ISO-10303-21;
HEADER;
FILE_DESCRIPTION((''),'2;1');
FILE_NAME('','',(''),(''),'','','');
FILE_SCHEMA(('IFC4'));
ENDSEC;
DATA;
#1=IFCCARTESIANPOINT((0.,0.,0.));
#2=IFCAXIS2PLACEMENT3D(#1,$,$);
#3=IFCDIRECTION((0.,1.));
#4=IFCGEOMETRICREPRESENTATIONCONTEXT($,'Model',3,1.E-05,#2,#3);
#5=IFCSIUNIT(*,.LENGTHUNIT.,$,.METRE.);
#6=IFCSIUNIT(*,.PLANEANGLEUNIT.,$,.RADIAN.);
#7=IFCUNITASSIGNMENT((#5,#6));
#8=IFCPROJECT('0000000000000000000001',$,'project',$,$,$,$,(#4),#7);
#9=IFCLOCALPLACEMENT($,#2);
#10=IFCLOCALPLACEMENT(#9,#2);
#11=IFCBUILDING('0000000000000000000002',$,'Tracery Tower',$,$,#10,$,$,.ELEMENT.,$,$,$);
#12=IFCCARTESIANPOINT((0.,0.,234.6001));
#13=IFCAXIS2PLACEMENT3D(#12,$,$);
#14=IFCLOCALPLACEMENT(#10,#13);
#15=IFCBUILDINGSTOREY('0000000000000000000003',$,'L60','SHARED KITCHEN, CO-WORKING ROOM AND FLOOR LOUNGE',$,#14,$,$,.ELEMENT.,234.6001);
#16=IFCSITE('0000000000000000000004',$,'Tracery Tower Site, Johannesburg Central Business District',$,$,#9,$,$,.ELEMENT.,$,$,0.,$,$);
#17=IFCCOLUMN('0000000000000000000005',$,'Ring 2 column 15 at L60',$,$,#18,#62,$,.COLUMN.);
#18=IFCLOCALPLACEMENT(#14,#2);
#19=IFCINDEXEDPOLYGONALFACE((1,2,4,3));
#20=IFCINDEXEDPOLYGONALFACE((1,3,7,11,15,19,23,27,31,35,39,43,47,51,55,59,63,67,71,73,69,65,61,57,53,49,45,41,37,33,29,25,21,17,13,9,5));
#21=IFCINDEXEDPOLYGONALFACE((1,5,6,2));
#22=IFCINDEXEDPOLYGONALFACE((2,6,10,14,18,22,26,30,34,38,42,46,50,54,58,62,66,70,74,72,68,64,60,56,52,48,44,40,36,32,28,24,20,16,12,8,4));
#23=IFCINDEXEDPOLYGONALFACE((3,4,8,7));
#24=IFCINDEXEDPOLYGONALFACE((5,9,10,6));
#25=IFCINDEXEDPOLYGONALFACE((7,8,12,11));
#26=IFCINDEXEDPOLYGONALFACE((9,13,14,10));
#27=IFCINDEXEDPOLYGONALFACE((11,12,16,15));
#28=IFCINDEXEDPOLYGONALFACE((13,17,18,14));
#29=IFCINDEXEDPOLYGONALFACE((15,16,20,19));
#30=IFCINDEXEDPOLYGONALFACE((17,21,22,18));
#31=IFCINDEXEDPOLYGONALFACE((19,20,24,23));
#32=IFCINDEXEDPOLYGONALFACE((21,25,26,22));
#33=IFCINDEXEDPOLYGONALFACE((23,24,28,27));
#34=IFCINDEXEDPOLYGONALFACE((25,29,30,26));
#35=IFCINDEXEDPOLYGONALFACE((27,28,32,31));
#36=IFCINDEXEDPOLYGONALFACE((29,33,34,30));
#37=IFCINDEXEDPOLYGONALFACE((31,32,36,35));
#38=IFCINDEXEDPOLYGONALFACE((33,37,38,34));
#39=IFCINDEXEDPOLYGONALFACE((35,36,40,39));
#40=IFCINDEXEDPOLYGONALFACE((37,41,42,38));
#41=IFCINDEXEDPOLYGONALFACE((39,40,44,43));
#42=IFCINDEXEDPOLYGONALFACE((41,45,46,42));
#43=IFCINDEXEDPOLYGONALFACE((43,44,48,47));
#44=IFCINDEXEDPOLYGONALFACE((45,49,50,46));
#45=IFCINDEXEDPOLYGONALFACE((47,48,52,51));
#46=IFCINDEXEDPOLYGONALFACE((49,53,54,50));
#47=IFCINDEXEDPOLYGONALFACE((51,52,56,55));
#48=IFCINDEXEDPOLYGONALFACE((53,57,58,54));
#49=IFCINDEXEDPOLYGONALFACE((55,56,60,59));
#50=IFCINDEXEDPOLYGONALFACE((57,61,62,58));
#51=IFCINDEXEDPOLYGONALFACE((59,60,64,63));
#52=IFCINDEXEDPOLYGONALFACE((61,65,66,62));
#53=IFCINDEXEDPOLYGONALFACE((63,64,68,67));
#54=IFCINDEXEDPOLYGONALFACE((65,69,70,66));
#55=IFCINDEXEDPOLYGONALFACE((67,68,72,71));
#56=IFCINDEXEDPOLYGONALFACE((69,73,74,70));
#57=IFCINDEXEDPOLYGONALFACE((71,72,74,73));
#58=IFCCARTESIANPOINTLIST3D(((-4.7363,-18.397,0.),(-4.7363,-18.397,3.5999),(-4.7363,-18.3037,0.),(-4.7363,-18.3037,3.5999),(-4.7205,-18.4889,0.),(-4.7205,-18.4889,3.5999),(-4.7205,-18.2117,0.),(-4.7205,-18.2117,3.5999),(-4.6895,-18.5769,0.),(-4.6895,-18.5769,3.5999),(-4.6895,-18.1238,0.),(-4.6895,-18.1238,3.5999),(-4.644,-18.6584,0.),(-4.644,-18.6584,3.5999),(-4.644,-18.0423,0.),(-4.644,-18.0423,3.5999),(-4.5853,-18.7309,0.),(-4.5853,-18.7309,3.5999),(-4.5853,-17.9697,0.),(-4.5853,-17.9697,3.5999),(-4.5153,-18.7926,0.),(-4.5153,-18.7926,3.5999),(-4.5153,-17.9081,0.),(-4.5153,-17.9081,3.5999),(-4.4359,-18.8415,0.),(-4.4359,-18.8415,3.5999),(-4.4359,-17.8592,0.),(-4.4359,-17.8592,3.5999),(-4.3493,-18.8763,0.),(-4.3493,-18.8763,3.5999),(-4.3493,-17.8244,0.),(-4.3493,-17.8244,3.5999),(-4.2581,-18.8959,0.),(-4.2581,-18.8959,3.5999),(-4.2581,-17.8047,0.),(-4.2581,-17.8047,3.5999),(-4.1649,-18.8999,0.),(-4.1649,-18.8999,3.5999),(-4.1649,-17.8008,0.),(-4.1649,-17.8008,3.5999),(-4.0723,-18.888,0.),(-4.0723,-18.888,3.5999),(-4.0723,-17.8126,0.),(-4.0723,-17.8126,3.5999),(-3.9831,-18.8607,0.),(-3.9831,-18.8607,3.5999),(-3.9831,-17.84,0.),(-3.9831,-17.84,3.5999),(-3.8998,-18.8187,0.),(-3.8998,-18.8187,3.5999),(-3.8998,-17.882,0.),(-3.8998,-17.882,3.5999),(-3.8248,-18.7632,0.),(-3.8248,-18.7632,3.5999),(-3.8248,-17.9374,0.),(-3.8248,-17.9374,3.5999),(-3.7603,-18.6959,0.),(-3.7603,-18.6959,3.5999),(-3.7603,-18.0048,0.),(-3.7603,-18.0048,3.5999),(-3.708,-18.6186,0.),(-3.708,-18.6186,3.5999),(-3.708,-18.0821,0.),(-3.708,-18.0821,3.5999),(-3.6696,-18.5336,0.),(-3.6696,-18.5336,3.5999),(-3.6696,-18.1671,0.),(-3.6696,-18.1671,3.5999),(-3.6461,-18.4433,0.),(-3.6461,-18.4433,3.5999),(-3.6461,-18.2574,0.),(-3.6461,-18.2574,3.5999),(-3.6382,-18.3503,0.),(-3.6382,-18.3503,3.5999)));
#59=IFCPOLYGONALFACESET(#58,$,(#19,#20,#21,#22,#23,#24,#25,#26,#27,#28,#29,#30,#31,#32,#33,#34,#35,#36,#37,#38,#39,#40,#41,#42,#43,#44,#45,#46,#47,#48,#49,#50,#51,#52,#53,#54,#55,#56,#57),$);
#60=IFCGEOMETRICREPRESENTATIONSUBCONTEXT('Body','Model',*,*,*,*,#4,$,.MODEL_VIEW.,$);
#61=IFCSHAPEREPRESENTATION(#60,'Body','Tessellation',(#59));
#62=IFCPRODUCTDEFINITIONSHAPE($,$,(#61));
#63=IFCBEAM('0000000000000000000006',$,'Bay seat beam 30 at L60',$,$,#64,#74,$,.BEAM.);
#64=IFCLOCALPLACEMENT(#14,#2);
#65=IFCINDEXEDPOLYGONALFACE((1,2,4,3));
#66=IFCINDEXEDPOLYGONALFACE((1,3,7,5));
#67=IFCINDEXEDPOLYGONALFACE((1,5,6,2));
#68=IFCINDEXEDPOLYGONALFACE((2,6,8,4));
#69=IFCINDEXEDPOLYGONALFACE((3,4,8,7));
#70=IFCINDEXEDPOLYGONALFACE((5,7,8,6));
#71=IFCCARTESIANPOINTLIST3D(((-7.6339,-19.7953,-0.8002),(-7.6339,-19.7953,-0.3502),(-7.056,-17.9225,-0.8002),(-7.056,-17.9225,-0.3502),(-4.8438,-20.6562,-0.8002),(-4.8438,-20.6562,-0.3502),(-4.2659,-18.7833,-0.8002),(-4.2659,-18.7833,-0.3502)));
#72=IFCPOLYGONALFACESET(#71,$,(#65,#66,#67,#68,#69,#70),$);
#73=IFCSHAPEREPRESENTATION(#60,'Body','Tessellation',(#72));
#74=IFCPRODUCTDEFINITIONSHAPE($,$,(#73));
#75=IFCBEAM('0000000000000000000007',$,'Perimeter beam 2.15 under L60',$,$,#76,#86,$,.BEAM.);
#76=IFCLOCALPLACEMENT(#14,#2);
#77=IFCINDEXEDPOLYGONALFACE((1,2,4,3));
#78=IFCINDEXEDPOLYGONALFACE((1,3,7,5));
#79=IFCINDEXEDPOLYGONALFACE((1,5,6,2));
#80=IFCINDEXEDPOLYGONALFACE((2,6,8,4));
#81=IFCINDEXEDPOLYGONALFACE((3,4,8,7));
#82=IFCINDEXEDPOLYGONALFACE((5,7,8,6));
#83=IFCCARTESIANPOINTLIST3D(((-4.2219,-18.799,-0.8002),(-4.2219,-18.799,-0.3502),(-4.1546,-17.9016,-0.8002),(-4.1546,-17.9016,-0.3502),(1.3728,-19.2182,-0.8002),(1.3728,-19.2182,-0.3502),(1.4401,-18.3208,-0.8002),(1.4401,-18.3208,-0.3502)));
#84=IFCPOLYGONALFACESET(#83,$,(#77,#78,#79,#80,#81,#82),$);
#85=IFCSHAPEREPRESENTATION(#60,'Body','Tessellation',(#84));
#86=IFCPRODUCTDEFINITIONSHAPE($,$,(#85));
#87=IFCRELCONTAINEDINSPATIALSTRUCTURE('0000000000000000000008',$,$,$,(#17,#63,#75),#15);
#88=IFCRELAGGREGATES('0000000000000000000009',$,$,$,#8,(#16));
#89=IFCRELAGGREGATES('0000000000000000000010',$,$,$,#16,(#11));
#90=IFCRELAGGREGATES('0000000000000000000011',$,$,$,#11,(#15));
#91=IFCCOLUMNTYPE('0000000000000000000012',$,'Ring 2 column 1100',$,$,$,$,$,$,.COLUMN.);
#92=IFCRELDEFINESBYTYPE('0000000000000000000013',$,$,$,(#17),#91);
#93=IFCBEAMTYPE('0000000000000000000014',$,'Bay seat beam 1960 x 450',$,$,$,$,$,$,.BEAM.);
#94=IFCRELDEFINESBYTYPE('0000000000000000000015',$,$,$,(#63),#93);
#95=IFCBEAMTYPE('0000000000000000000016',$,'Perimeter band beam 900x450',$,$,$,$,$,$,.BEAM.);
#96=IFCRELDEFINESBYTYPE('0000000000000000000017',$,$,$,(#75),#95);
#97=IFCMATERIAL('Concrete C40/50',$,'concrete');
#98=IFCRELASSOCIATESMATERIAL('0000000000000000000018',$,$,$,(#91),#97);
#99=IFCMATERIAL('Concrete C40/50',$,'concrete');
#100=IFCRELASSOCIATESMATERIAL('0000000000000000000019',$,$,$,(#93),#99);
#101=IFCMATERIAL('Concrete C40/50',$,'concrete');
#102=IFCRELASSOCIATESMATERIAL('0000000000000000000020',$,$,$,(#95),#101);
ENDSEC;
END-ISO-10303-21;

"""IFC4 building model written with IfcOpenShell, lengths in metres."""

from ifc_helpers import new_model, si_unit, direction, frame, origin, origin_2d, place, context, subcontext, project, spatial, rectangle, circle, extrude, material, material_profile, profile_set, type_object, element, save


model = new_model("IFC4")

# Units and contexts
model_context = context("Model", 3, precision=1e-05, world=origin(), true_north=direction((0.0, 1.0)))
body_context = subcontext(model_context, "Body", "Model", "MODEL_VIEW")
ifc_project = project(units=[si_unit("LENGTHUNIT", "METRE"), si_unit("PLANEANGLEUNIT", "RADIAN")], contexts=[model_context])

# Site, building, storey
site_placement = place(None, origin())
site = spatial("IfcSite", under=ifc_project, at=site_placement, Name="Tracery Tower Site, Johannesburg Central Business District", CompositionType="ELEMENT", RefElevation=0.0)
building_placement = place(site_placement, origin())
building = spatial("IfcBuilding", under=site, at=building_placement, Name="Tracery Tower", CompositionType="ELEMENT")
storey_placement = place(building_placement, frame((0.0, 0.0, 234.6001)))
storey = spatial("IfcBuildingStorey", under=building, at=storey_placement, Name="L60", Description="SHARED KITCHEN, CO-WORKING ROOM AND FLOOR LOUNGE", CompositionType="ELEMENT", Elevation=234.6001)

# Column
ifc_material_1 = material(Name="Concrete C40/50", Category="concrete")
ifc_material_profile_1 = material_profile(ifc_material_1, circle(Radius=0.55, at=origin_2d()), Name="RC D1100")
ifc_profile_set_1 = profile_set([ifc_material_profile_1], Name="Concrete C40/50")
column_type = type_object("IfcColumnType", Name="Ring 2 column 1100", PredefinedType="COLUMN", material=ifc_profile_set_1)
column_placement = place(storey_placement, frame((-4.1882, -18.3503, 0.0), z_axis=(0.0, 0.0, 1.0), x_axis=(1.0, 0.0, 0.0)))
element("IfcColumn", 1, at=column_placement, inside=storey, type_object=column_type, Name="Ring 2 column 15 at L60", PredefinedType="COLUMN", context=body_context, shape_type="SweptSolid", body=[
    extrude(circle(Radius=0.55, at=origin_2d()), origin(), (0.0, 0.0, 1.0), 3.5999),
])

# Beams
ifc_material_2 = material(Name="Concrete C40/50", Category="concrete")
ifc_material_profile_2 = material_profile(ifc_material_2, rectangle(XDim=1.96, YDim=0.45, at=origin_2d()), Name="RC 1960x450")
ifc_profile_set_2 = profile_set([ifc_material_profile_2], Name="Concrete C40/50")
beam_type_1 = type_object("IfcBeamType", Name="Bay seat beam 1960 x 450", PredefinedType="BEAM", material=ifc_profile_set_2)
beam_1_placement = place(storey_placement, frame((-7.345, -18.8589, -0.5752), z_axis=(0.955551, -0.294826, 0.0), x_axis=(0.294826, 0.955551, 0.0)))
element("IfcBeam", 2, at=beam_1_placement, inside=storey, type_object=beam_type_1, Name="Bay seat beam 30 at L60", PredefinedType="BEAM", context=body_context, shape_type="SweptSolid", body=[
    extrude(rectangle(XDim=1.96, YDim=0.45, at=origin_2d()), origin(), (0.0, 0.0, 1.0), 2.9199),
])
ifc_material_3 = material(Name="Concrete C40/50", Category="concrete")
ifc_material_profile_3 = material_profile(ifc_material_3, rectangle(XDim=0.8999, YDim=0.45, at=origin_2d()), Name="RC 900x450")
ifc_profile_set_3 = profile_set([ifc_material_profile_3], Name="Concrete C40/50")
beam_type_2 = type_object("IfcBeamType", Name="Perimeter band beam 900x450", PredefinedType="BEAM", material=ifc_profile_set_3)
beam_2_placement = place(storey_placement, frame((-4.1882, -18.3503, -0.5752), z_axis=(0.997205, -0.074716, 0.0), x_axis=(0.074716, 0.997205, 0.0)))
element("IfcBeam", 3, at=beam_2_placement, inside=storey, type_object=beam_type_2, Name="Perimeter beam 2.15 under L60", PredefinedType="BEAM", context=body_context, shape_type="SweptSolid", body=[
    extrude(rectangle(XDim=0.8999, YDim=0.45, at=origin_2d()), origin(), (0.0, 0.0, 1.0), 5.6104),
])

save(model, "model.ifc")
